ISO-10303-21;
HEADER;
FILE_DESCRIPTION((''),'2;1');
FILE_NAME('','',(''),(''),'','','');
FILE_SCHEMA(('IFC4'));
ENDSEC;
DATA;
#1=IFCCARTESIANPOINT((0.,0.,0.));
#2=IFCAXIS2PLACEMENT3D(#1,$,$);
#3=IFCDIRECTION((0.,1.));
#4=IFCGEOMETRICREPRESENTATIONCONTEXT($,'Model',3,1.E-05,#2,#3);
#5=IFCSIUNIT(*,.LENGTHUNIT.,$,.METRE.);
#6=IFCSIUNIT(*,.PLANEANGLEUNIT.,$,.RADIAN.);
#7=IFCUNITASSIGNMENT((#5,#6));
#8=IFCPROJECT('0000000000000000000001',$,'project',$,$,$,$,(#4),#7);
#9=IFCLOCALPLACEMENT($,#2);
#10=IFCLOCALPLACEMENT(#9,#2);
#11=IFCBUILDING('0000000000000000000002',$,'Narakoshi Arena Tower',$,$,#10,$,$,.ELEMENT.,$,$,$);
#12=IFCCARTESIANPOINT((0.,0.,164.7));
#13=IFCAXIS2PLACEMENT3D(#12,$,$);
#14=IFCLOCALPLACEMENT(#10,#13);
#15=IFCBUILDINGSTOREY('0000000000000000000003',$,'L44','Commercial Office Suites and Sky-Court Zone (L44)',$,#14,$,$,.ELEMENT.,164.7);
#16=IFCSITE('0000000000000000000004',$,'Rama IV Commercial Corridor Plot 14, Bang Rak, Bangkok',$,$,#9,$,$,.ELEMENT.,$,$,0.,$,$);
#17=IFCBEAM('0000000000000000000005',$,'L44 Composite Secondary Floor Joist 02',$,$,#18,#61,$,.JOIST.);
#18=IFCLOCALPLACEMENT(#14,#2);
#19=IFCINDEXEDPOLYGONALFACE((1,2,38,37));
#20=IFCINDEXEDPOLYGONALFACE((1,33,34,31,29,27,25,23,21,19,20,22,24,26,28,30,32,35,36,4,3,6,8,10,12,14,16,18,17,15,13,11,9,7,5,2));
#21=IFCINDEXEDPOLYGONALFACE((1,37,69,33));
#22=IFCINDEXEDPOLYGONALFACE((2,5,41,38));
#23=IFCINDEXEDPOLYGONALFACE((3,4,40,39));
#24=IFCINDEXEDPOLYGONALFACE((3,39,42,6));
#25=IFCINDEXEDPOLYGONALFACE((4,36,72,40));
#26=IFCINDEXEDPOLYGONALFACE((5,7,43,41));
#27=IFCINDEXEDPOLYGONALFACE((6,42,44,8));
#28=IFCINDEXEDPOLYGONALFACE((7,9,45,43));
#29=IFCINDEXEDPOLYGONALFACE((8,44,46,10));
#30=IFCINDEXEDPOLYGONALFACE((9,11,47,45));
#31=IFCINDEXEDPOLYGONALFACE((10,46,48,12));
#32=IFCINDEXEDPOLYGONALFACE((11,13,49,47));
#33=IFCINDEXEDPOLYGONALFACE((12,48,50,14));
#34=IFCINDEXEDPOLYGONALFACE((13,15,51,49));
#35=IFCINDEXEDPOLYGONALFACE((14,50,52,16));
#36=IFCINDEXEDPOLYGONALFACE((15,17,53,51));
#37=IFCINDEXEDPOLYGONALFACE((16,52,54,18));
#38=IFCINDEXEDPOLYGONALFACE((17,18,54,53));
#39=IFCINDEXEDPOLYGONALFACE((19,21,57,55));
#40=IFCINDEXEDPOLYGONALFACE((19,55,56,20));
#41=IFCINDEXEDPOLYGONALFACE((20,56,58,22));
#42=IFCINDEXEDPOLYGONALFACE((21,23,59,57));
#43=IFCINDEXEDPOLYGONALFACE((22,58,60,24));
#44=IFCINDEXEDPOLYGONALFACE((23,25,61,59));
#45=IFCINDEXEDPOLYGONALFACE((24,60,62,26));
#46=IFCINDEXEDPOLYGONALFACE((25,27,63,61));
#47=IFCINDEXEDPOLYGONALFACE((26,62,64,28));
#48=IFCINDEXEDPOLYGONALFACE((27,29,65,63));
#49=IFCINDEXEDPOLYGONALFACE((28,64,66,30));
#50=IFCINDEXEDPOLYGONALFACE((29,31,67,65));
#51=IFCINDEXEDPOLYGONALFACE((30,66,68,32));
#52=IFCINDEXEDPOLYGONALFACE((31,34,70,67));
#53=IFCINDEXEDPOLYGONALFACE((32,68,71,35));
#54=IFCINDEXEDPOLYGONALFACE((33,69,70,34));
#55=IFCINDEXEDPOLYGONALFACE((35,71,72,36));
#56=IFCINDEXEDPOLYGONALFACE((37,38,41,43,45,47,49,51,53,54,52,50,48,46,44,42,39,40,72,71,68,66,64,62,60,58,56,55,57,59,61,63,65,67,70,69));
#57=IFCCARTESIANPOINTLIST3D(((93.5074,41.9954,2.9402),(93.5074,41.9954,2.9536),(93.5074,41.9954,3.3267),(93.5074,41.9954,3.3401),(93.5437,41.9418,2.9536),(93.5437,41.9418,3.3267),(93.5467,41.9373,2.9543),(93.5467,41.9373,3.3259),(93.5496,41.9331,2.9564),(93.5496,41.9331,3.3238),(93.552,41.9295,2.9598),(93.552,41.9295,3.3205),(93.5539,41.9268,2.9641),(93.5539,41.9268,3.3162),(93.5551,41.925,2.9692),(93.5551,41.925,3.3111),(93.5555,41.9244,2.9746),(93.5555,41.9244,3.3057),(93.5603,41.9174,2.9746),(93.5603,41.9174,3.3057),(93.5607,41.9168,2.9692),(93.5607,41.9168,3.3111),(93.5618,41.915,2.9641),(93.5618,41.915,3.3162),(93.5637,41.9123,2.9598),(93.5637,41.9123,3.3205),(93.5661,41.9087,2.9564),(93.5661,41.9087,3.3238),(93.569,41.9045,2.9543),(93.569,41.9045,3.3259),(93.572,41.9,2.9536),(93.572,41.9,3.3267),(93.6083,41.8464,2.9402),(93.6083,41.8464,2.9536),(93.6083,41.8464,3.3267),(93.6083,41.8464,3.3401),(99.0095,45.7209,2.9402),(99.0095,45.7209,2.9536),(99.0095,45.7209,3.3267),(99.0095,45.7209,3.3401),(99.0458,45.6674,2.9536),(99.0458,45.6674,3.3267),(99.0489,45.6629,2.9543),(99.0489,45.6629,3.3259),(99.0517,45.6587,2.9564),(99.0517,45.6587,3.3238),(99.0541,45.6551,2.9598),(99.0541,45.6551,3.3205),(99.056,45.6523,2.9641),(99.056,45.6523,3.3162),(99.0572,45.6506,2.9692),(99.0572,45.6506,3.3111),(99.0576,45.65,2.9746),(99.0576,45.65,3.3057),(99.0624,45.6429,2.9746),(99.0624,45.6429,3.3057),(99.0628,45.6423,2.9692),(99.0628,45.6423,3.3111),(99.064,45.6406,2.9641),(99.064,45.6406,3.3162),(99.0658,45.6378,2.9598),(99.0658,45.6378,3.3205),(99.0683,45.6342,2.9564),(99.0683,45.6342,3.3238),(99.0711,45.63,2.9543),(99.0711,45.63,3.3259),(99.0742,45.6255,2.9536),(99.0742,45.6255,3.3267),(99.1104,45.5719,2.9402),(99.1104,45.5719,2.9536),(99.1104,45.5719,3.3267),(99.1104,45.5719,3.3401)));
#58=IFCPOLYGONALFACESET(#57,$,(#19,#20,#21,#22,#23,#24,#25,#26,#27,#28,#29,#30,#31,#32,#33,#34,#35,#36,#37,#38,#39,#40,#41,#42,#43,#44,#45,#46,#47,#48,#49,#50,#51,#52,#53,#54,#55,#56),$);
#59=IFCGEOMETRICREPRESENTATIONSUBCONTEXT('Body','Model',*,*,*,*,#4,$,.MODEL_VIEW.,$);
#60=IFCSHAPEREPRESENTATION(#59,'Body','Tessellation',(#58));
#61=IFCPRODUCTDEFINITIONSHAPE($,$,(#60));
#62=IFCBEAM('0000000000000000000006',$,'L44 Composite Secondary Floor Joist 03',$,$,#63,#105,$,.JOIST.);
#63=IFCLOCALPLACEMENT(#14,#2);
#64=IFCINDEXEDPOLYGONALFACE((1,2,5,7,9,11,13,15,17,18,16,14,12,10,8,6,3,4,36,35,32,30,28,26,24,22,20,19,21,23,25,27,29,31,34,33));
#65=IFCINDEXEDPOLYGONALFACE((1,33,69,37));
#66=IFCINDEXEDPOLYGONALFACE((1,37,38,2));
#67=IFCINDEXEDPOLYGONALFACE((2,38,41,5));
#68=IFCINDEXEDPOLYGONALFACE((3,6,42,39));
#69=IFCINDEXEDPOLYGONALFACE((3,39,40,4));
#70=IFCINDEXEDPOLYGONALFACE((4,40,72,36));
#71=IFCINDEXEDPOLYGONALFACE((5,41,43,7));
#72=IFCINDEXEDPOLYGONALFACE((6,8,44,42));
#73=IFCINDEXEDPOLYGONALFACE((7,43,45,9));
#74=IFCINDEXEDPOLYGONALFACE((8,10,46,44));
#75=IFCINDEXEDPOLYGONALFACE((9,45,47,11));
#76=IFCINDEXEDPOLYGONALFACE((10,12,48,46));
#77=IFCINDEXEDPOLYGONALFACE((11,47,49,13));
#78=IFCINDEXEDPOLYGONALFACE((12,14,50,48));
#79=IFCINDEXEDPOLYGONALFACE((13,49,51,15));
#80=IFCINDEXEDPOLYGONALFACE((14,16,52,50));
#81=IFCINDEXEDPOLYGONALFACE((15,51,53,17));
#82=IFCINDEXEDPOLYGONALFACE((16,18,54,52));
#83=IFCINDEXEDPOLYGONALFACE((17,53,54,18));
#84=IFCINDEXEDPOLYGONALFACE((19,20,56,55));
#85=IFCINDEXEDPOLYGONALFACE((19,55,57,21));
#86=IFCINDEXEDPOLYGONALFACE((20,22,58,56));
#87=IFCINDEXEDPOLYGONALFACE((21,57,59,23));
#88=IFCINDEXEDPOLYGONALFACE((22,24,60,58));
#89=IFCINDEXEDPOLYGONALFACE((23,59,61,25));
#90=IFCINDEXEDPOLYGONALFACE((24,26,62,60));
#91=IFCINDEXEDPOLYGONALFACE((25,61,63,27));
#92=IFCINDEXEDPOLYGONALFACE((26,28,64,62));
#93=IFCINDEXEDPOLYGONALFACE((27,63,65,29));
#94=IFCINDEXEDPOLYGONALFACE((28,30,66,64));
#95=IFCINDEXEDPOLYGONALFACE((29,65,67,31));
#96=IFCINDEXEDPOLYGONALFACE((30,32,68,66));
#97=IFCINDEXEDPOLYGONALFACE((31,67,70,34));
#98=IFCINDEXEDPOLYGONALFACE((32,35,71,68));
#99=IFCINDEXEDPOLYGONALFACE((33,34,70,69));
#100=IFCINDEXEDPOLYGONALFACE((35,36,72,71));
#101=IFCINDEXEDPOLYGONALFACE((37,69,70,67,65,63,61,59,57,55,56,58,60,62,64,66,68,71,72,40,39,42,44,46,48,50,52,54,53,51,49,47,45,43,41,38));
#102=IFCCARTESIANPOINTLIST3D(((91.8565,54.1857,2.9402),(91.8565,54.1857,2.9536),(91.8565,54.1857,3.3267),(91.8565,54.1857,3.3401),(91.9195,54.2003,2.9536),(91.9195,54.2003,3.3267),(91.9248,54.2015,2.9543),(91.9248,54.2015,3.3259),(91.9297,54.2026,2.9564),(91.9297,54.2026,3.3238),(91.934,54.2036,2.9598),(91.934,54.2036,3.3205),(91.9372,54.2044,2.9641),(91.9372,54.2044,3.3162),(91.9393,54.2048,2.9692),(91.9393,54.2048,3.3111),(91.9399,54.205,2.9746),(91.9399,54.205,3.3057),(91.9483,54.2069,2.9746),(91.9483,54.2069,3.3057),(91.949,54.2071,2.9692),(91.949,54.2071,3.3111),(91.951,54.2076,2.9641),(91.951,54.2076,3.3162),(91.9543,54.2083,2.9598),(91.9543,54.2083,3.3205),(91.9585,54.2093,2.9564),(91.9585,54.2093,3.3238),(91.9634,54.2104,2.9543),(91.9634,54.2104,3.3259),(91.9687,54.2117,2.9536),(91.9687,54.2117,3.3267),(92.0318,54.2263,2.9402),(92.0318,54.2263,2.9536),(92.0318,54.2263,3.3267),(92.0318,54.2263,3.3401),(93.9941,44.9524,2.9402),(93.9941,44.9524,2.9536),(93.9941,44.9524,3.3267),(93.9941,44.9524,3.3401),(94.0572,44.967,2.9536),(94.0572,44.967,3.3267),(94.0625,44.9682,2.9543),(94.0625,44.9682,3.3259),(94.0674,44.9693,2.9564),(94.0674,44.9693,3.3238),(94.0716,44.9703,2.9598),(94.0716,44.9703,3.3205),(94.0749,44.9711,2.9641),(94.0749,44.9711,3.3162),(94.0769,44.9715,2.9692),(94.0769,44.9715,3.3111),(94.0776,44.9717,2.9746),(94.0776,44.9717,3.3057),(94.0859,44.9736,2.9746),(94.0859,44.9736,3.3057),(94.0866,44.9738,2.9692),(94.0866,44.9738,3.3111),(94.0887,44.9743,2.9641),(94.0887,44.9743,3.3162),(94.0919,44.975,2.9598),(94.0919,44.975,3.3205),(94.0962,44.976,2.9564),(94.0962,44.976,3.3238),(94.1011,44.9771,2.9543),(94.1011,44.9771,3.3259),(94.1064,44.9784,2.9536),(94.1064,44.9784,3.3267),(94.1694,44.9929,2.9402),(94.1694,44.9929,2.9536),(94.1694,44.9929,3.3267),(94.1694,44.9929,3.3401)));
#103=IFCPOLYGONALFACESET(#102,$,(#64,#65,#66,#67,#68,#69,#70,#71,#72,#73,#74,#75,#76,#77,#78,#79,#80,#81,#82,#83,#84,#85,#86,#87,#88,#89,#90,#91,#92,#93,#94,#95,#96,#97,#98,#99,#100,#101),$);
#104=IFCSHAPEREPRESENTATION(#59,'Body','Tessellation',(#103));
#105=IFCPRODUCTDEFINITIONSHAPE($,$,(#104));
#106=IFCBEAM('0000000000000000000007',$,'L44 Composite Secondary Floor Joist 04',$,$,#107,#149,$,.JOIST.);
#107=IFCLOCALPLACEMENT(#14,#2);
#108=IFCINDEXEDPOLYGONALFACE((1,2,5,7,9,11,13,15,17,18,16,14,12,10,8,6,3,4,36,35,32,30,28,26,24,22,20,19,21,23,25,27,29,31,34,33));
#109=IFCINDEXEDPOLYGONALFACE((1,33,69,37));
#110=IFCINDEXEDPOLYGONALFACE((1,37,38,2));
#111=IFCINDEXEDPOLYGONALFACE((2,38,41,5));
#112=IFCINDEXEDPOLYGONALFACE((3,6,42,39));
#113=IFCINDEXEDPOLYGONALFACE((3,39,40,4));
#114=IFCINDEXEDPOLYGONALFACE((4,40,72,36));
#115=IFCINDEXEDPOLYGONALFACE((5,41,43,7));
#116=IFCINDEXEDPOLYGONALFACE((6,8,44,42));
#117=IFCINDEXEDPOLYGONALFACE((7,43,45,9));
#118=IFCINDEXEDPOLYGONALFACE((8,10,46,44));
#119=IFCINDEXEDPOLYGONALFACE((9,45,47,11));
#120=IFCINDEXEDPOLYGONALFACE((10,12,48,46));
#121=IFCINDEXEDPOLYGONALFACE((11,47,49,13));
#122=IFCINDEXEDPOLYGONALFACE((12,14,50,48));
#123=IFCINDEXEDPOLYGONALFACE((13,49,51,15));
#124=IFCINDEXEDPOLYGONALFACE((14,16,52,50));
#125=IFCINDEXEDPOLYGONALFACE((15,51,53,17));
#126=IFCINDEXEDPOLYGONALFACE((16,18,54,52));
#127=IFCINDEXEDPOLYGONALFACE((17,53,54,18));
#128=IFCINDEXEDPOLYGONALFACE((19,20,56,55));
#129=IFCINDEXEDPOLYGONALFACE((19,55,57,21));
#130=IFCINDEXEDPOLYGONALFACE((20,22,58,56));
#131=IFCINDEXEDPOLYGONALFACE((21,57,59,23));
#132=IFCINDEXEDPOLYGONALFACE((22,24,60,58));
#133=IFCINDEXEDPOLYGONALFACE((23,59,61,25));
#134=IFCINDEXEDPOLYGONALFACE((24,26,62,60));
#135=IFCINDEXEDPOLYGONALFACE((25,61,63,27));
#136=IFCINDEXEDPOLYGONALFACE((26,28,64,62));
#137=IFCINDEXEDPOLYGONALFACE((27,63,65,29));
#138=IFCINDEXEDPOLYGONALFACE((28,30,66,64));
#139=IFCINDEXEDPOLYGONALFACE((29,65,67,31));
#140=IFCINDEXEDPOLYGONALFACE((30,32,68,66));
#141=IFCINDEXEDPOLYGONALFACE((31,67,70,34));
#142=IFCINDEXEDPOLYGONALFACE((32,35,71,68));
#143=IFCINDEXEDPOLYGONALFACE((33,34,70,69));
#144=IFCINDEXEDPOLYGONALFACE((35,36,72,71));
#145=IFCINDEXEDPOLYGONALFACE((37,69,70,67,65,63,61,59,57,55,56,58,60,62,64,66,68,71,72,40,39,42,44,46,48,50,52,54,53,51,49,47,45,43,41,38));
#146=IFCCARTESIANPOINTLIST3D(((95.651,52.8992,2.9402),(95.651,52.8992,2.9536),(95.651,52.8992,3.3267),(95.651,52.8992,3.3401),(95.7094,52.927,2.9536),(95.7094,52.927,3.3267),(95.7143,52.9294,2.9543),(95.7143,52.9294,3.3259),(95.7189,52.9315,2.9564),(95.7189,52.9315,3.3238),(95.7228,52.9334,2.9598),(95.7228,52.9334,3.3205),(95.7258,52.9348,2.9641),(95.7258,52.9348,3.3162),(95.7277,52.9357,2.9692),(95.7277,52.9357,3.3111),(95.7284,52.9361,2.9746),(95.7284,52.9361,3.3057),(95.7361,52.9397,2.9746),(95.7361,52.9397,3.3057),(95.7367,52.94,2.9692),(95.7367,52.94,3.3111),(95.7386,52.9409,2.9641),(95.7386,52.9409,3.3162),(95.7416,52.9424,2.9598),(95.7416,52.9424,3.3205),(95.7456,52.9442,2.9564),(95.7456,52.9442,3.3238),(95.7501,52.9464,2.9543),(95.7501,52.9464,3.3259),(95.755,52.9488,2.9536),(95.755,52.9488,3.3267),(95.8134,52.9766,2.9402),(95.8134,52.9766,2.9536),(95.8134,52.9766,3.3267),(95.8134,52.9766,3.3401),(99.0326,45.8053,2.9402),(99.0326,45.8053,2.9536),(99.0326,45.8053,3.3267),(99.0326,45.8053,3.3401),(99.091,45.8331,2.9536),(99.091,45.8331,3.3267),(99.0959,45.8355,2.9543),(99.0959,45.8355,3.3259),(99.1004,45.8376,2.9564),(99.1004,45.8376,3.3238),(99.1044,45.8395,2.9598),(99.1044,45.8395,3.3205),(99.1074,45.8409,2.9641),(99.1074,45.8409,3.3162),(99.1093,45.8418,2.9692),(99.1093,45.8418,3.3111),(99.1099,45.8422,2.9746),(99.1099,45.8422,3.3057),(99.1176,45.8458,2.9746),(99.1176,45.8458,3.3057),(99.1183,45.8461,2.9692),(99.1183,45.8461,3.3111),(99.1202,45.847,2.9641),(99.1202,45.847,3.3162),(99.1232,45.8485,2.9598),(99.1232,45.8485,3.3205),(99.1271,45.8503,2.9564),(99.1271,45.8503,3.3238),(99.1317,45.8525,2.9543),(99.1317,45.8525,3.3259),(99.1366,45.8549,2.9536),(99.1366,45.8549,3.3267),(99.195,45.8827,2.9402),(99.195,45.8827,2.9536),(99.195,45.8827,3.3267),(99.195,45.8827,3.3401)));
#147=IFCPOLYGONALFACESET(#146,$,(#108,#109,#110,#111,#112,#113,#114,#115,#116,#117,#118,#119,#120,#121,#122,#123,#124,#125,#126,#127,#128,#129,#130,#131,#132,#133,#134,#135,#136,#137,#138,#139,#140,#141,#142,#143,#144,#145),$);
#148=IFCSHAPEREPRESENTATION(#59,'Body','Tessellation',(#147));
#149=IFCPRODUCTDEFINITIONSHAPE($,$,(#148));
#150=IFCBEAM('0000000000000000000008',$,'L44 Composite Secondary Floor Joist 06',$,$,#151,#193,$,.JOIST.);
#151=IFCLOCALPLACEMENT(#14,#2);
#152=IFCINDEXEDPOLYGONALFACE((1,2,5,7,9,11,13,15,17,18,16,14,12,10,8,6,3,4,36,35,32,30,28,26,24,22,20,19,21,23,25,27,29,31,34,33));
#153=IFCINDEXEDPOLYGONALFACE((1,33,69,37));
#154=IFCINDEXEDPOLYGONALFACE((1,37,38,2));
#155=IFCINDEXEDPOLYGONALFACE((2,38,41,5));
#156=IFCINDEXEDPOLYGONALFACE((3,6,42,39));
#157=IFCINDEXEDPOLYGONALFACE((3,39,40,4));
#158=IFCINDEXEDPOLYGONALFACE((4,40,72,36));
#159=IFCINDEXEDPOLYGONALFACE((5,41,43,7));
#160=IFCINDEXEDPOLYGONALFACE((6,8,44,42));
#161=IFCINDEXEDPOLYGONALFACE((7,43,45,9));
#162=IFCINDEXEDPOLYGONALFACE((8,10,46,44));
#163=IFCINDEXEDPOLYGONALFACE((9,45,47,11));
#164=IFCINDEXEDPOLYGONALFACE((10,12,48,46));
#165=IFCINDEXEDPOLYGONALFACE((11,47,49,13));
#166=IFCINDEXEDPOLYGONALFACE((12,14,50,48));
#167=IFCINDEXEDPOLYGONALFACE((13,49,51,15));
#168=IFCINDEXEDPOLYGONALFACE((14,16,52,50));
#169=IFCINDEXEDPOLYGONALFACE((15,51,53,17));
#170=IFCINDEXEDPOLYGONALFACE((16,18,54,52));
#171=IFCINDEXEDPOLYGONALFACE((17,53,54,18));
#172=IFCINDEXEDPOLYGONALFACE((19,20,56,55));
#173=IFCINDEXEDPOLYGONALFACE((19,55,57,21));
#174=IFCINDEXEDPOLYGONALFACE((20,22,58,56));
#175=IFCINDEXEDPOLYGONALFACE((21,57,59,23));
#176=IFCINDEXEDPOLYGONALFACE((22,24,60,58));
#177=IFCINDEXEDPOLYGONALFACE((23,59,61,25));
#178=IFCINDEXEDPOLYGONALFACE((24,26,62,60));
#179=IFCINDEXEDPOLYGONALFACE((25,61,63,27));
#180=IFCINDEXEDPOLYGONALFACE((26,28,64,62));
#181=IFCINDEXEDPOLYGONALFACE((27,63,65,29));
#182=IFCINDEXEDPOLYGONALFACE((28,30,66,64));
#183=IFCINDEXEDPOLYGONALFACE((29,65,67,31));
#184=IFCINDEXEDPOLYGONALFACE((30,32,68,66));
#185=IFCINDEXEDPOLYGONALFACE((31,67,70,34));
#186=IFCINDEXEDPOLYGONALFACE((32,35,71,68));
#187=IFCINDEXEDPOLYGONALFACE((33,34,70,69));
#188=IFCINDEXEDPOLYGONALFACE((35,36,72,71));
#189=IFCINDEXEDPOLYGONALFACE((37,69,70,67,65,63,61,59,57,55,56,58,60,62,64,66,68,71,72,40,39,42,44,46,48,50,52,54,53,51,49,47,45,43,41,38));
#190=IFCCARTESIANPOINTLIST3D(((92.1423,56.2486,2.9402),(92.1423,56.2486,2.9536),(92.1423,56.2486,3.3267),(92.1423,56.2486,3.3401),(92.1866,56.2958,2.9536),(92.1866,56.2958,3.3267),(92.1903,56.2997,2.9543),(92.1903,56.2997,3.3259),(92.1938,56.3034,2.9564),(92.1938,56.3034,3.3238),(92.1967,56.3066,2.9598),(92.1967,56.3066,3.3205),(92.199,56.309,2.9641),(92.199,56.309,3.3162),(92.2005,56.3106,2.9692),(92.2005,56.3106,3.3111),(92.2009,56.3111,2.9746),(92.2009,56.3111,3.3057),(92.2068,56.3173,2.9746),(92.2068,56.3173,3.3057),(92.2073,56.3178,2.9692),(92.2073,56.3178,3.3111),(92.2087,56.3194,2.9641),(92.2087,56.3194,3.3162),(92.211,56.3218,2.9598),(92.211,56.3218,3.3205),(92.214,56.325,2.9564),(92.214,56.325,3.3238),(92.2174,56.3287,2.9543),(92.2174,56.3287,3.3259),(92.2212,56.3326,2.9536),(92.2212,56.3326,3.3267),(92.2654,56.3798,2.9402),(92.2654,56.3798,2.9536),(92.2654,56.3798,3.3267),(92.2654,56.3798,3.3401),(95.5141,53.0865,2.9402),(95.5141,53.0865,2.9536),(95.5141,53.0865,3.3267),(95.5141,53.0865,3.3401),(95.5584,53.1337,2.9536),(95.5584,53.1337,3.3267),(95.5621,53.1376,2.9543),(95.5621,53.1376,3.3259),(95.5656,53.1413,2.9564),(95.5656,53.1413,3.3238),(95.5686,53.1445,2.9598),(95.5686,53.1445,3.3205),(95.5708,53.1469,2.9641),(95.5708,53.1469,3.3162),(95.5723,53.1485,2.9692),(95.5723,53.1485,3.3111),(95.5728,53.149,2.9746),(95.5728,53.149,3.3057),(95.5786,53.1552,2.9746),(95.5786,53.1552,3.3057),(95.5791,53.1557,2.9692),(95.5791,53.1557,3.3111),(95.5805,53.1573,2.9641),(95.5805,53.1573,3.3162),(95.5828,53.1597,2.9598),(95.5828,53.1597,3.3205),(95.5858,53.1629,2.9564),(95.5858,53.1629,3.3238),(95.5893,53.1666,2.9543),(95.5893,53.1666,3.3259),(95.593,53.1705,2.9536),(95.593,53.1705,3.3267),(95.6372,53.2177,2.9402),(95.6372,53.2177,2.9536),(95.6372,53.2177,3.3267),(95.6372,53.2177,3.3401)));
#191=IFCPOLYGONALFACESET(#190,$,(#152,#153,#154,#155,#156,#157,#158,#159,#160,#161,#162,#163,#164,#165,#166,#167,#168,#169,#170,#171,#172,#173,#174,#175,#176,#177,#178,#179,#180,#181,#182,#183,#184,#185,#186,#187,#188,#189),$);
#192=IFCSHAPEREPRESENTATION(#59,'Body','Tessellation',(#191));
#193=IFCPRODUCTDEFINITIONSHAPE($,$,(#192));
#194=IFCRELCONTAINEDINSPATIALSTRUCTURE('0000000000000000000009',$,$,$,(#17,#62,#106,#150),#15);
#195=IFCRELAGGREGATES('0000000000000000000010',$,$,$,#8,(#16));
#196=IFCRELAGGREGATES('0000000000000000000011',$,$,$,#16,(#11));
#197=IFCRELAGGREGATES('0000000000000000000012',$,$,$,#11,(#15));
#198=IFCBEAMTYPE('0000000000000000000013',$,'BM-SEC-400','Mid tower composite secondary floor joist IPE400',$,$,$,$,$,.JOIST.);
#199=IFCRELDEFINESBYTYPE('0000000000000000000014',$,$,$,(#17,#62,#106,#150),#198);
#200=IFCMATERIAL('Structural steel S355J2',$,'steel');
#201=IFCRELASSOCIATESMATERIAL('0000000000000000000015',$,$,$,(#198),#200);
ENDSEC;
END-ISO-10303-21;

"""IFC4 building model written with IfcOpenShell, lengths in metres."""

from ifc_helpers import new_model, si_unit, direction, frame, origin, origin_2d, place, context, subcontext, project, spatial, i_section, extrude, material, material_profile, profile_set, type_object, element, save


model = new_model("IFC4")

# Units and contexts
model_context = context("Model", 3, precision=1e-05, world=origin(), true_north=direction((0.0, 1.0)))
body_context = subcontext(model_context, "Body", "Model", "MODEL_VIEW")
ifc_project = project(units=[si_unit("LENGTHUNIT", "METRE"), si_unit("PLANEANGLEUNIT", "RADIAN")], contexts=[model_context])

# Site, building, storey
site_placement = place(None, origin())
site = spatial("IfcSite", under=ifc_project, at=site_placement, Name="Rama IV Commercial Corridor Plot 14, Bang Rak, Bangkok", CompositionType="ELEMENT", RefElevation=0.0)
building_placement = place(site_placement, origin())
building = spatial("IfcBuilding", under=site, at=building_placement, Name="Narakoshi Arena Tower", CompositionType="ELEMENT")
storey_placement = place(building_placement, frame((0.0, 0.0, 164.7)))
storey = spatial("IfcBuildingStorey", under=building, at=storey_placement, Name="L44", Description="Commercial Office Suites and Sky-Court Zone (L44)", CompositionType="ELEMENT", Elevation=164.7)

# Beams
ifc_material_1 = material(Name="Structural steel S355J2", Category="steel")
ifc_material_profile_1 = material_profile(ifc_material_1, i_section(OverallWidth=0.1799, OverallDepth=0.3999, WebThickness=0.0085, FlangeThickness=0.0134, FilletRadius=0.021, at=origin_2d()), Name="IPE400")
ifc_profile_set_1 = profile_set([ifc_material_profile_1], Name="Structural steel S355J2")
beam_type_1 = type_object("IfcBeamType", Name="BM-SEC-400", Description="Mid tower composite secondary floor joist IPE400", PredefinedType="JOIST", material=ifc_profile_set_1)
beam_1_placement = place(storey_placement, frame((93.5579, 41.9209, 3.1401), z_axis=(0.828038, 0.560672, 0.0), x_axis=(-0.560672, 0.828038, 0.0)))
element("IfcBeam", 1, at=beam_1_placement, inside=storey, type_object=beam_type_1, Name="L44 Composite Secondary Floor Joist 02", PredefinedType="JOIST", context=body_context, shape_type="SweptSolid", body=[
    extrude(i_section(OverallWidth=0.1799, OverallDepth=0.3999, WebThickness=0.0085, FlangeThickness=0.0134, FilletRadius=0.021, at=origin_2d()), origin(), (0.0, 0.0, 1.0), 6.6448),
])
beam_2_placement = place(storey_placement, frame((94.0818, 44.9727, 3.1401), z_axis=(-0.225552, 0.974231, 0.0), x_axis=(-0.974231, -0.225552, 0.0)))
element("IfcBeam", 2, at=beam_2_placement, inside=storey, type_object=beam_type_1, Name="L44 Composite Secondary Floor Joist 03", PredefinedType="JOIST", context=body_context, shape_type="SweptSolid", body=[
    extrude(i_section(OverallWidth=0.1799, OverallDepth=0.3999, WebThickness=0.0085, FlangeThickness=0.0134, FilletRadius=0.021, at=origin_2d()), origin(), (0.0, 0.0, 1.0), 9.4775),
])
beam_3_placement = place(storey_placement, frame((99.1138, 45.844, 3.1401), z_axis=(-0.430297, 0.902688, 0.0), x_axis=(-0.902688, -0.430297, 0.0)))
element("IfcBeam", 3, at=beam_3_placement, inside=storey, type_object=beam_type_1, Name="L44 Composite Secondary Floor Joist 04", PredefinedType="JOIST", context=body_context, shape_type="SweptSolid", body=[
    extrude(i_section(OverallWidth=0.1799, OverallDepth=0.3999, WebThickness=0.0085, FlangeThickness=0.0134, FilletRadius=0.021, at=origin_2d()), origin(), (0.0, 0.0, 1.0), 7.8586),
])
beam_4_placement = place(storey_placement, frame((95.5757, 53.1521, 3.1401), z_axis=(-0.729427, 0.684059, 0.0), x_axis=(-0.684059, -0.729427, 0.0)))
element("IfcBeam", 4, at=beam_4_placement, inside=storey, type_object=beam_type_1, Name="L44 Composite Secondary Floor Joist 06", PredefinedType="JOIST", context=body_context, shape_type="SweptSolid", body=[
    extrude(i_section(OverallWidth=0.1799, OverallDepth=0.3999, WebThickness=0.0085, FlangeThickness=0.0134, FilletRadius=0.021, at=origin_2d()), origin(), (0.0, 0.0, 1.0), 4.6226),
])

save(model, "model.ifc")
